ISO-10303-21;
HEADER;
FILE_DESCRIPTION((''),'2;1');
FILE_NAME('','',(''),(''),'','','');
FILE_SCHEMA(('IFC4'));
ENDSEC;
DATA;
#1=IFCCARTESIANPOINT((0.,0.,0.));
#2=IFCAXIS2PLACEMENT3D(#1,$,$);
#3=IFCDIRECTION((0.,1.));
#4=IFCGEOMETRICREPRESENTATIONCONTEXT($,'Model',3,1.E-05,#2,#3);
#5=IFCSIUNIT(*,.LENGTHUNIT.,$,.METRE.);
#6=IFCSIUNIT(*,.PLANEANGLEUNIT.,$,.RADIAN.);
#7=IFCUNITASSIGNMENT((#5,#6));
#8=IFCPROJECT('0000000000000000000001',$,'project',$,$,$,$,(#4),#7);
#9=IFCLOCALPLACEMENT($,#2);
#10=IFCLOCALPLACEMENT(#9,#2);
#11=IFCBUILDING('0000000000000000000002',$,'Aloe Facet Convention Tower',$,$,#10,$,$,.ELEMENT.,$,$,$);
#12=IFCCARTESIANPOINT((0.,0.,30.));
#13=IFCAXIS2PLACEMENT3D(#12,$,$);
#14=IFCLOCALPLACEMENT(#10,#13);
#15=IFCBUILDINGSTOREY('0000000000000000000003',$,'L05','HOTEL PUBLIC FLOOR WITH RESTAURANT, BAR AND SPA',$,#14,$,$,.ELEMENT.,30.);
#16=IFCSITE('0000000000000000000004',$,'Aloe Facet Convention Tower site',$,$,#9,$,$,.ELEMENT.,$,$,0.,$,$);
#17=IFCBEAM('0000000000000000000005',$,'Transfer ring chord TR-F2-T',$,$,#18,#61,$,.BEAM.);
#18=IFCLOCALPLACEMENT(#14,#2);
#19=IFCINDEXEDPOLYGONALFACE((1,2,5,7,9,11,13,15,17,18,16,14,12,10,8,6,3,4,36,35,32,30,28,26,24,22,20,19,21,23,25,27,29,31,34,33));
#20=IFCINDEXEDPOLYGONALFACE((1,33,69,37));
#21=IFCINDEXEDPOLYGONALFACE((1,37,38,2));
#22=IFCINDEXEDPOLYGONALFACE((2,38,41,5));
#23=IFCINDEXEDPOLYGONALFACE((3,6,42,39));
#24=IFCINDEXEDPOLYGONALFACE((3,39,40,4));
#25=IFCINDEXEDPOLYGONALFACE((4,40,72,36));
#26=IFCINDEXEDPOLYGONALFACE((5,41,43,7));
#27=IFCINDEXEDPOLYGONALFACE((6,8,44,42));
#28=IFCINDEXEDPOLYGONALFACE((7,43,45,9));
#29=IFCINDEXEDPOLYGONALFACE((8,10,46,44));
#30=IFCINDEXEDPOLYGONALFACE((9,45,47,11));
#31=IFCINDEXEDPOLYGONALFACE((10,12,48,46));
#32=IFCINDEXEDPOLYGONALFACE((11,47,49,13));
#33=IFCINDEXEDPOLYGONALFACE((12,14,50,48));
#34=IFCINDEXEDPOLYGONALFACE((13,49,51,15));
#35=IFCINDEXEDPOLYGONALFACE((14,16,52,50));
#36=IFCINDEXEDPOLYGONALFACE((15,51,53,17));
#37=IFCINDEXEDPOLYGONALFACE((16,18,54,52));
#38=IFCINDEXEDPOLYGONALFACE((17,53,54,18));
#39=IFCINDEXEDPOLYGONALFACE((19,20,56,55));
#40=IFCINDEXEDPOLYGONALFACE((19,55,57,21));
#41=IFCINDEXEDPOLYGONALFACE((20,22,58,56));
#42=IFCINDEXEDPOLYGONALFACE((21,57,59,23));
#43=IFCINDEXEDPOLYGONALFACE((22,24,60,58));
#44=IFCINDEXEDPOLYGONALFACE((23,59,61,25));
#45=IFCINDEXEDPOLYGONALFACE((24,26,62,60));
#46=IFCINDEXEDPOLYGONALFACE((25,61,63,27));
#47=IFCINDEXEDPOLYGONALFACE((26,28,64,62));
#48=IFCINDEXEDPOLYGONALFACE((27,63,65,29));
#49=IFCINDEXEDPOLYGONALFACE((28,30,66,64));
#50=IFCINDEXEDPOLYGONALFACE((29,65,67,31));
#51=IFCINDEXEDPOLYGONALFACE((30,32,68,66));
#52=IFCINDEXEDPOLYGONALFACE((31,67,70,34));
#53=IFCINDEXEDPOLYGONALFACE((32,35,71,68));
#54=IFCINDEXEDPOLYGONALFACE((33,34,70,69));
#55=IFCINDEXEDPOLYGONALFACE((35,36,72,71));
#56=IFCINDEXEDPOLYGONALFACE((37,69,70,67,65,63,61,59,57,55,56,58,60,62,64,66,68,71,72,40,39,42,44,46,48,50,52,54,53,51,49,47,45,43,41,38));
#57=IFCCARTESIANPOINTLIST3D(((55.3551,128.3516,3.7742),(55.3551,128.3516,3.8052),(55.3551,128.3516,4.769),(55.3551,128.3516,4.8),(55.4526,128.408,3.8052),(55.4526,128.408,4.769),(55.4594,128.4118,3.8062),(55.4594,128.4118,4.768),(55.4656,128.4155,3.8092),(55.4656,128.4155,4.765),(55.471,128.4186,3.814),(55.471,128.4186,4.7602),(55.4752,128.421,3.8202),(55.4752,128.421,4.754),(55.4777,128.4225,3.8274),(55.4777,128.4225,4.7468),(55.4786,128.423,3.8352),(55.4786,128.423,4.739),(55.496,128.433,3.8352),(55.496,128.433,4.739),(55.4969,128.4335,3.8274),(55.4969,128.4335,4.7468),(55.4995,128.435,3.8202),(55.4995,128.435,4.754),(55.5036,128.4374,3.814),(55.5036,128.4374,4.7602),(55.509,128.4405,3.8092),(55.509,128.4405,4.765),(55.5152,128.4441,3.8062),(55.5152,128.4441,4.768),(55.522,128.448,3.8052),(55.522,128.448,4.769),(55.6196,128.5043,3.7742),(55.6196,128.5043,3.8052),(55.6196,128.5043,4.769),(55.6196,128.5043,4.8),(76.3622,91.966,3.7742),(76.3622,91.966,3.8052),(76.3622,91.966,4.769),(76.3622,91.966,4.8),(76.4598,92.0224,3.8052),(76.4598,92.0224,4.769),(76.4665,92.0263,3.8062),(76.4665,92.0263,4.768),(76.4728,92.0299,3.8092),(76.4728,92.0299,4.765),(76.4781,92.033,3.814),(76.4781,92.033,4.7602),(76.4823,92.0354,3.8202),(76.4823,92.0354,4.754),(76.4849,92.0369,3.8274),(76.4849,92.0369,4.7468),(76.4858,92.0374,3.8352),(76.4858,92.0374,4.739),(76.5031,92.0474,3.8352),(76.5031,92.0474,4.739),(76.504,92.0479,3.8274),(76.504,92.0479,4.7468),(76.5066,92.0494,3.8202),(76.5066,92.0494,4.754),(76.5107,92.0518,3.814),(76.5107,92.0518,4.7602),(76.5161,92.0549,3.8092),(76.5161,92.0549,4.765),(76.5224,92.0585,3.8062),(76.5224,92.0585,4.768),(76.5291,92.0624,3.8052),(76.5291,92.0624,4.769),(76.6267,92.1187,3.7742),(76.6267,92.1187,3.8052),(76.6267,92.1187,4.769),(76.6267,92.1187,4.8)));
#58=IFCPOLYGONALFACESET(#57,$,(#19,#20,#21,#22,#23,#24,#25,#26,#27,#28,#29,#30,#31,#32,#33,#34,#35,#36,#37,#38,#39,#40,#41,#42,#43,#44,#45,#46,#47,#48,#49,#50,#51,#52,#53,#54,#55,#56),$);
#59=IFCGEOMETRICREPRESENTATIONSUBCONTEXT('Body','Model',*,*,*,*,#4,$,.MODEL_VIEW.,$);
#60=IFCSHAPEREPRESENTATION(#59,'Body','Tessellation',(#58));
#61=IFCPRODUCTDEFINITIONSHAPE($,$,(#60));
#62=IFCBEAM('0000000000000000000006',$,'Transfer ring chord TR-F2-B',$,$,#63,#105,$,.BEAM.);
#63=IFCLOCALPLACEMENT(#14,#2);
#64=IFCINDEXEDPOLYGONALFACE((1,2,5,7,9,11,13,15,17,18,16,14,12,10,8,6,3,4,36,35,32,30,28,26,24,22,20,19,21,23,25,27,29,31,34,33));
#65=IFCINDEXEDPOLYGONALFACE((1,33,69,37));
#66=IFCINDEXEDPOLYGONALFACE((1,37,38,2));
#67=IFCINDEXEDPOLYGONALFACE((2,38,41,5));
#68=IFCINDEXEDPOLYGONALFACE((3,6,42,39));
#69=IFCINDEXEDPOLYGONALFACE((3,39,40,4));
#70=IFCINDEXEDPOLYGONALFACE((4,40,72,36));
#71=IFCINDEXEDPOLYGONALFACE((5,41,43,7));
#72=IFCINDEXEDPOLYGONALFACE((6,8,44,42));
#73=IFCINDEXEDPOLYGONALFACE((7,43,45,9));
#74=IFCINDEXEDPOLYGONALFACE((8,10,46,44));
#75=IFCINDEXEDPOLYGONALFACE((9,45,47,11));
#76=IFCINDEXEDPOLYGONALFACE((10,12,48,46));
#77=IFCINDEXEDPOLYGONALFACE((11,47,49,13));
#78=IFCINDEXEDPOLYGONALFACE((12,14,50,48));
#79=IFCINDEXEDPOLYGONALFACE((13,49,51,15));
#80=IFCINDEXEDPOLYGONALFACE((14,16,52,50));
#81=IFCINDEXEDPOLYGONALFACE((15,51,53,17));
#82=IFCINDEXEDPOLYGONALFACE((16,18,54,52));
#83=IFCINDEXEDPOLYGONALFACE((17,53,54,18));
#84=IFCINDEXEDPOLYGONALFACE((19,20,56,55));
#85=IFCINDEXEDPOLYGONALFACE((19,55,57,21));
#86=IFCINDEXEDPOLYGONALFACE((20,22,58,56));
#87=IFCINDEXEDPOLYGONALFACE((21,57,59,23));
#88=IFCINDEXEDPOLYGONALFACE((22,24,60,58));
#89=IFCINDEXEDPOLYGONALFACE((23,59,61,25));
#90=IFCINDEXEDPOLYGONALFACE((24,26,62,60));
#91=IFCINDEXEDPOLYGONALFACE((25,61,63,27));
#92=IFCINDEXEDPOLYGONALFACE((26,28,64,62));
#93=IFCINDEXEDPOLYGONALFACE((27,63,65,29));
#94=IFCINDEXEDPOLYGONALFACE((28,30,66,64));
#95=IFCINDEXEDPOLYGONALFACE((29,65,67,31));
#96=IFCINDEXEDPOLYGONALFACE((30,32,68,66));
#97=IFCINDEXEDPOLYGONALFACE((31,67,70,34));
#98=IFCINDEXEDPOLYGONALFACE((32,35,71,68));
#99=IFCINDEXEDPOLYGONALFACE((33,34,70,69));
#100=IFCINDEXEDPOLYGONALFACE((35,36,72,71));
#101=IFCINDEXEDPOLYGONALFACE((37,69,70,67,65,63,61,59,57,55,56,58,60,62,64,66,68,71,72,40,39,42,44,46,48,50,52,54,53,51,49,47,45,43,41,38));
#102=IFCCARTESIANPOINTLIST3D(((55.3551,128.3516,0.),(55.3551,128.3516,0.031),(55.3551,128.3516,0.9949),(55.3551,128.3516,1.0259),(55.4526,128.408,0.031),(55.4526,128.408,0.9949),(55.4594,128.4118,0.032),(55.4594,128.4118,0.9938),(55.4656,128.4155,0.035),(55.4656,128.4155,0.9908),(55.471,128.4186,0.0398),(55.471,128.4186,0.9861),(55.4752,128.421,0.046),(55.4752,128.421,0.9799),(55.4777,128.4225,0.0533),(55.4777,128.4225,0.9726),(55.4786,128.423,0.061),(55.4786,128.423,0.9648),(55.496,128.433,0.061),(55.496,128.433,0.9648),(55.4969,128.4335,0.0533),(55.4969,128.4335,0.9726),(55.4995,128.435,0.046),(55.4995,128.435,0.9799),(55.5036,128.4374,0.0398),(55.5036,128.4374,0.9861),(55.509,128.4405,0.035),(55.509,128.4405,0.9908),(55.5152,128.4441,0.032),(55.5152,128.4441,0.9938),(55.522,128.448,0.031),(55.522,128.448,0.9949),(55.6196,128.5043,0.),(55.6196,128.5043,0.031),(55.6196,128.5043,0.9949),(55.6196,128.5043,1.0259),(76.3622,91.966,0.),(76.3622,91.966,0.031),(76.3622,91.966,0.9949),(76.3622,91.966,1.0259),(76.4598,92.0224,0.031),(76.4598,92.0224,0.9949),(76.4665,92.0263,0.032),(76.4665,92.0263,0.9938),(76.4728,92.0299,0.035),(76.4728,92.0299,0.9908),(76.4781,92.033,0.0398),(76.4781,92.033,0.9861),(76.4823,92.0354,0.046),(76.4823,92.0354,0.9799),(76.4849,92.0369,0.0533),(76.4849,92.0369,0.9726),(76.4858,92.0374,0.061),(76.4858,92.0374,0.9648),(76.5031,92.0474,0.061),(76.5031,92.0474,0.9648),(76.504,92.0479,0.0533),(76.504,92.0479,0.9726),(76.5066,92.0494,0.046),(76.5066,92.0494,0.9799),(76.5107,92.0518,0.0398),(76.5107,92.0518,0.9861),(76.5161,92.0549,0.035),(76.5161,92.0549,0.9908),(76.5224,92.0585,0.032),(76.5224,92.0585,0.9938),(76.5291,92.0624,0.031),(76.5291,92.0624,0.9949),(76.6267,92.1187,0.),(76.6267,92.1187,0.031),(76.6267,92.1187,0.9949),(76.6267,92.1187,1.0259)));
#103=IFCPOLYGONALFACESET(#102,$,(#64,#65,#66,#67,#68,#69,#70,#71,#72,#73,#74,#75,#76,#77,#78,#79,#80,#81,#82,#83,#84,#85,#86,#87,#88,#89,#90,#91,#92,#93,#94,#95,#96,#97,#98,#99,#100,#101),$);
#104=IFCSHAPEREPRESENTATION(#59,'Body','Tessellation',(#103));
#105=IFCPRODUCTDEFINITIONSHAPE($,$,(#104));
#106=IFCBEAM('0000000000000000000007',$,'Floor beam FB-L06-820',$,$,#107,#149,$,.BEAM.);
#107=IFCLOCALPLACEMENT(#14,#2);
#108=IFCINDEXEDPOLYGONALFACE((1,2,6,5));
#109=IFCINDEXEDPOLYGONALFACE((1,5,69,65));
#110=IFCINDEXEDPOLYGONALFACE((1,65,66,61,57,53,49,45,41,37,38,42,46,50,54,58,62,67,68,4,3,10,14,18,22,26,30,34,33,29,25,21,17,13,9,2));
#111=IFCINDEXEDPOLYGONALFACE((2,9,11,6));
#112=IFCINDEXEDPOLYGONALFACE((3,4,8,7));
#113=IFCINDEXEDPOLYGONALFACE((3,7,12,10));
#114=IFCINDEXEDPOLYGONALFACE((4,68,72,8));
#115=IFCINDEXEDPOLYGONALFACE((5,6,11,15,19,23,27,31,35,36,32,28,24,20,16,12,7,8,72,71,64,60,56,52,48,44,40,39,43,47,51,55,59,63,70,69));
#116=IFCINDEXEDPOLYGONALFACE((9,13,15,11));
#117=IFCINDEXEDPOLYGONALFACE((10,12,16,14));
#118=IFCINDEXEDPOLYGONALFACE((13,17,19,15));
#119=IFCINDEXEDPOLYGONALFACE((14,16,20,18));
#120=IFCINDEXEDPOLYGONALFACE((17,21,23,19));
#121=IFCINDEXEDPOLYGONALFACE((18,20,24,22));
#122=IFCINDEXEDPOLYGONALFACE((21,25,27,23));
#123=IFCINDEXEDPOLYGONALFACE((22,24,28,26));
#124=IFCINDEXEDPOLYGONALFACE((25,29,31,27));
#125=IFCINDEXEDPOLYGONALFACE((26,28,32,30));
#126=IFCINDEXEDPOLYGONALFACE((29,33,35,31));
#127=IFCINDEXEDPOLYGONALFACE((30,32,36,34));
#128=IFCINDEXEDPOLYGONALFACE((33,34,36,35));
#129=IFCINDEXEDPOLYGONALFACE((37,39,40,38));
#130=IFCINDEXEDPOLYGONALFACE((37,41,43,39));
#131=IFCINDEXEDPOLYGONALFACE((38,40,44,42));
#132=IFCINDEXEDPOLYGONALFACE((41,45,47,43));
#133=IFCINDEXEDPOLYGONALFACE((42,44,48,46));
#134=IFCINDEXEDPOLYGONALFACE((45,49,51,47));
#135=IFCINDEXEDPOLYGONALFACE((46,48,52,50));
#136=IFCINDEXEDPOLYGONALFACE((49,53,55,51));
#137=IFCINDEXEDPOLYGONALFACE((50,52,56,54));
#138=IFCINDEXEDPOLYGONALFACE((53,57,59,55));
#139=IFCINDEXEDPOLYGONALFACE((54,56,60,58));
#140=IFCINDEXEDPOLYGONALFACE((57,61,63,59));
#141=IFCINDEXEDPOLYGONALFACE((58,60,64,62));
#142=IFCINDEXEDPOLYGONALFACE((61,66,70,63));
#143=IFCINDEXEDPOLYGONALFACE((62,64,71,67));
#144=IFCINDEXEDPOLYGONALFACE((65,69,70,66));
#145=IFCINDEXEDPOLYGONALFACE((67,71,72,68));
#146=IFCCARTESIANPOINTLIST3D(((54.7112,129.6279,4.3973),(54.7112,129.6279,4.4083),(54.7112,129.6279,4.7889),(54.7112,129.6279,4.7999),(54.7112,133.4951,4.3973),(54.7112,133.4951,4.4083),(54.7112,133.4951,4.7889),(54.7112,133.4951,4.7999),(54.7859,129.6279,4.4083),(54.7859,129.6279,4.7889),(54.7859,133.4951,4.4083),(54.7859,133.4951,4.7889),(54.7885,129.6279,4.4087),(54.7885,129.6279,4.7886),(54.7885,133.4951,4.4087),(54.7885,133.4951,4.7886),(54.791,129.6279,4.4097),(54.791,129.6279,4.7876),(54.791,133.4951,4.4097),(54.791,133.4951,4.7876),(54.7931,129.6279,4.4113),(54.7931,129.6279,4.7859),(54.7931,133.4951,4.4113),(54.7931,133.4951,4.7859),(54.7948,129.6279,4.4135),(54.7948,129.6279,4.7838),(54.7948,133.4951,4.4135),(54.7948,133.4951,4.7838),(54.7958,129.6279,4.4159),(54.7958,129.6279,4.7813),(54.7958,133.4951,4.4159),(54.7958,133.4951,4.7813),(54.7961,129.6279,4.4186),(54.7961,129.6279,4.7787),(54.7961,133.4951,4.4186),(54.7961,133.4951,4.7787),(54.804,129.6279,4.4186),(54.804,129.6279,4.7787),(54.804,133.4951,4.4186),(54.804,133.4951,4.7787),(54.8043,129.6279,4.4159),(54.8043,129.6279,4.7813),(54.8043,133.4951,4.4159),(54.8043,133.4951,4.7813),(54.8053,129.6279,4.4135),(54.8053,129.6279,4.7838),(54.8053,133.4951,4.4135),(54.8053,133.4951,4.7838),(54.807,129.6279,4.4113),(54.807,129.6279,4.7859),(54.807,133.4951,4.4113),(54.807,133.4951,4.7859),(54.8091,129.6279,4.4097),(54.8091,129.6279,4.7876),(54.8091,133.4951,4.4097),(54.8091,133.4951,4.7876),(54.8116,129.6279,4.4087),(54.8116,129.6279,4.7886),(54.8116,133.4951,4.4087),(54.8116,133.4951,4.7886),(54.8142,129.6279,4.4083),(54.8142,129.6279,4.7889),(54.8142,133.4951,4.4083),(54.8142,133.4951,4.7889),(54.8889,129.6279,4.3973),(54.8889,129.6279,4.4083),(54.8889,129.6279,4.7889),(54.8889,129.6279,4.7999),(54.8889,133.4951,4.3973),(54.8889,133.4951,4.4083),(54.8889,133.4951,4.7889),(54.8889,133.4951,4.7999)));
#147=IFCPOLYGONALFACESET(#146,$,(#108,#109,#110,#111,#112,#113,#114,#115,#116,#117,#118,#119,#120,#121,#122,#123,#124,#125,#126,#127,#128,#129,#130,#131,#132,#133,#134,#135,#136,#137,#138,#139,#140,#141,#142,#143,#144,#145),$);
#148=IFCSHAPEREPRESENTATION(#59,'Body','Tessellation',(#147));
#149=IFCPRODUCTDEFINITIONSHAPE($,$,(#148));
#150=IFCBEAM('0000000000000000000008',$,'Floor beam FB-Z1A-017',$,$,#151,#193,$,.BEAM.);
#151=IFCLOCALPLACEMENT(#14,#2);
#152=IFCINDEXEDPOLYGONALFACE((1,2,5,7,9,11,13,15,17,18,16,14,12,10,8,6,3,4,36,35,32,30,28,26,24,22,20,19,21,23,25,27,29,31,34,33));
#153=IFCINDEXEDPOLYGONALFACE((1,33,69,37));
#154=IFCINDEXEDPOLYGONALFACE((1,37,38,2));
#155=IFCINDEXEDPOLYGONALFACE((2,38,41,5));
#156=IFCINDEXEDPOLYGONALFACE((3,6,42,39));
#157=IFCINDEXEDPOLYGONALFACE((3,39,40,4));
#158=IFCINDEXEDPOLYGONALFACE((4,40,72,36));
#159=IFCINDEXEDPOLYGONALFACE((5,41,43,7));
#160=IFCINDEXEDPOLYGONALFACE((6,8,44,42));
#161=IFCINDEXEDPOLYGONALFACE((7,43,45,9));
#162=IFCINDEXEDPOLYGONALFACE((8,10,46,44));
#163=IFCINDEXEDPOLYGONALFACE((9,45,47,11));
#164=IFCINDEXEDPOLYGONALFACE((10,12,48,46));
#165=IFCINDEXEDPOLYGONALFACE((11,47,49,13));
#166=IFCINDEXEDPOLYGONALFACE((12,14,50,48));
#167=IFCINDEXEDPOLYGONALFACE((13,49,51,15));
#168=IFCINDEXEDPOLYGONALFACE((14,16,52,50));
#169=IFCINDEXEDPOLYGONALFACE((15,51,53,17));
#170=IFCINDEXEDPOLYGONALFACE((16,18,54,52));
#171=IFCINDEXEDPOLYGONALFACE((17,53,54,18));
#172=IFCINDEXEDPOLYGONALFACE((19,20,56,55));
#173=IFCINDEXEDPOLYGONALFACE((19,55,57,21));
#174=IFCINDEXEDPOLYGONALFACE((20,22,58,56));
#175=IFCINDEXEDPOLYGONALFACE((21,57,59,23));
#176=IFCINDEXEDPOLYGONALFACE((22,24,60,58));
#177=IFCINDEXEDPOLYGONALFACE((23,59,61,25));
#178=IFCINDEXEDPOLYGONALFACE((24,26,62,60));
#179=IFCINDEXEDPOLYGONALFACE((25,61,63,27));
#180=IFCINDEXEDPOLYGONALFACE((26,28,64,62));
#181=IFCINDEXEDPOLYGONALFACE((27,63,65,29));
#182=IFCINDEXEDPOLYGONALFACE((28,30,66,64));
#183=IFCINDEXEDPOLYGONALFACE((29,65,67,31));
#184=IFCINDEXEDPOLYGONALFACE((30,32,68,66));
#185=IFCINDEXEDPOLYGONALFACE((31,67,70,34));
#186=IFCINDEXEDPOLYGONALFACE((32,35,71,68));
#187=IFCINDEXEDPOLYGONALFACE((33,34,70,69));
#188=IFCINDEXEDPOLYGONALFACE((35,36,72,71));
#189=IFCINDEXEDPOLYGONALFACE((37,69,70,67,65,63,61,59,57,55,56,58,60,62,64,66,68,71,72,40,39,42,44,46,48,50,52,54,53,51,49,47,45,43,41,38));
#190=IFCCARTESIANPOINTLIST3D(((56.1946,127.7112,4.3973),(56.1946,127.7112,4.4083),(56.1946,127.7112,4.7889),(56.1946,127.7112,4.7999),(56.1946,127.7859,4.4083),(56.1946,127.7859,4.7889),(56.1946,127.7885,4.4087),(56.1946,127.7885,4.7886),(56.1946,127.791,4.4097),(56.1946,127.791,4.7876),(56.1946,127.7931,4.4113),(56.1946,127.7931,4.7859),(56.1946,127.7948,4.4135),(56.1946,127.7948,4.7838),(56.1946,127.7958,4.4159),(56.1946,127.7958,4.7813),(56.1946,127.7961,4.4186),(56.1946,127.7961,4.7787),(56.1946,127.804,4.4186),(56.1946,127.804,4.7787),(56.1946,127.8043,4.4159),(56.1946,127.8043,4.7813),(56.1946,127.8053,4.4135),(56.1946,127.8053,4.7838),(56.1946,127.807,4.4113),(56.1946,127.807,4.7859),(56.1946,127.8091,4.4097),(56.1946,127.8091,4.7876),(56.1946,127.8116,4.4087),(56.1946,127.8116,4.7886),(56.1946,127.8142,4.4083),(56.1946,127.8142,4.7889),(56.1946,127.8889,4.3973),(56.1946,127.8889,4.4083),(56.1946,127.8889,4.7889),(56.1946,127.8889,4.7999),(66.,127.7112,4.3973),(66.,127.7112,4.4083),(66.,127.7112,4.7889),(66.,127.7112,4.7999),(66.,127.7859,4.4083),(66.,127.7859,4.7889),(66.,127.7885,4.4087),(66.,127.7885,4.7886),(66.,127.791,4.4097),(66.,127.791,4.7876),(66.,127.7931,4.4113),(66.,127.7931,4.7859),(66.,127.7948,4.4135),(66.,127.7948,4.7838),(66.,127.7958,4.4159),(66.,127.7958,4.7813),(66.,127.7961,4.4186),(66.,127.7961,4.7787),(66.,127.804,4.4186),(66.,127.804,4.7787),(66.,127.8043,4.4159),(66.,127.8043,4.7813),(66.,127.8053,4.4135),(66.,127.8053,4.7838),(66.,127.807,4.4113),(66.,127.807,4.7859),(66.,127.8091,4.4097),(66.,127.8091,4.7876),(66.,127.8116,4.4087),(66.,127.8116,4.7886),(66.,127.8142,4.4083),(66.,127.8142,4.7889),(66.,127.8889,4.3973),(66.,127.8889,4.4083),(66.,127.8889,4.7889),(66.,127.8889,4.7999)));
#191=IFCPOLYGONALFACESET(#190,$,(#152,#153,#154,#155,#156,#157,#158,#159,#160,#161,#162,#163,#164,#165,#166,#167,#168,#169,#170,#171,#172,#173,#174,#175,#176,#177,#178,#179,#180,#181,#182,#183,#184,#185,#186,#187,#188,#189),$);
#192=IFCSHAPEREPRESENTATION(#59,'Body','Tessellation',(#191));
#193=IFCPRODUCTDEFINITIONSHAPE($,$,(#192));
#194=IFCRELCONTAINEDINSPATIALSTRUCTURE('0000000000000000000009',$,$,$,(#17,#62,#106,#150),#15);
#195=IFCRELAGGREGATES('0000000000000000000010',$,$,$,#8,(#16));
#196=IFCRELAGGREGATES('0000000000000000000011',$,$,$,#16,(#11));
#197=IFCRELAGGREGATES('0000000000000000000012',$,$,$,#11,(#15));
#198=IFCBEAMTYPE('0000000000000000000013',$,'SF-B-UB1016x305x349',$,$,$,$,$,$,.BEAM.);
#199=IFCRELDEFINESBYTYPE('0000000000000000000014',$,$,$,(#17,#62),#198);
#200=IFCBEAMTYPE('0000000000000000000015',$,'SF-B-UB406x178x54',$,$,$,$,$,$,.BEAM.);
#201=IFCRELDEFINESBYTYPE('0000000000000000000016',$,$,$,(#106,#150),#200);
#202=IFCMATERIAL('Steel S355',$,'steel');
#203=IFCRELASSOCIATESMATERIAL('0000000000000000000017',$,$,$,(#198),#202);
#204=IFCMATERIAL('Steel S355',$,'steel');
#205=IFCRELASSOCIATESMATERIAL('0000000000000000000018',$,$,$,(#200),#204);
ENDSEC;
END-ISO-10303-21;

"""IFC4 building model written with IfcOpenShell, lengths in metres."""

from ifc_helpers import new_model, si_unit, direction, frame, origin, origin_2d, place, context, subcontext, project, spatial, i_section, extrude, material, material_profile, profile_set, type_object, element, save


model = new_model("IFC4")

# Units and contexts
model_context = context("Model", 3, precision=1e-05, world=origin(), true_north=direction((0.0, 1.0)))
body_context = subcontext(model_context, "Body", "Model", "MODEL_VIEW")
ifc_project = project(units=[si_unit("LENGTHUNIT", "METRE"), si_unit("PLANEANGLEUNIT", "RADIAN")], contexts=[model_context])

# Site, building, storey
site_placement = place(None, origin())
site = spatial("IfcSite", under=ifc_project, at=site_placement, Name="Aloe Facet Convention Tower site", CompositionType="ELEMENT", RefElevation=0.0)
building_placement = place(site_placement, origin())
building = spatial("IfcBuilding", under=site, at=building_placement, Name="Aloe Facet Convention Tower", CompositionType="ELEMENT")
storey_placement = place(building_placement, frame((0.0, 0.0, 30.0)))
storey = spatial("IfcBuildingStorey", under=building, at=storey_placement, Name="L05", Description="HOTEL PUBLIC FLOOR WITH RESTAURANT, BAR AND SPA", CompositionType="ELEMENT", Elevation=30.0)

# Beams
ifc_material_1 = material(Name="Steel S355", Category="steel")
ifc_material_profile_1 = material_profile(ifc_material_1, i_section(OverallWidth=0.3054, OverallDepth=1.0259, WebThickness=0.02, FlangeThickness=0.031, FilletRadius=0.03, at=origin_2d()), Name="UB 1016x305x349")
ifc_profile_set_1 = profile_set([ifc_material_profile_1], Name="Steel S355")
beam_type_1 = type_object("IfcBeamType", Name="SF-B-UB1016x305x349", PredefinedType="BEAM", material=ifc_profile_set_1)
for number, where, z_axis, x_axis, name in (
    (1, (55.4873, 128.428, 4.2871), (0.499998, -0.866026, 0.0), (0.866026, 0.499998, 0.0), "Transfer ring chord TR-F2-T"),
    (2, (55.4873, 128.428, 0.5129), (0.499998, -0.866026, 0.0), (0.866026, 0.499998, 0.0), "Transfer ring chord TR-F2-B"),
):
    element("IfcBeam", number, at=place(storey_placement, frame(where, z_axis=z_axis, x_axis=x_axis)), inside=storey, type_object=beam_type_1, Name=name, PredefinedType="BEAM", context=body_context, shape_type="SweptSolid", body=[
        extrude(i_section(OverallWidth=0.3054, OverallDepth=1.0259, WebThickness=0.02, FlangeThickness=0.031, FilletRadius=0.03, at=origin_2d()), origin(), (0.0, 0.0, 1.0), 42.0144),
    ])
ifc_material_2 = material(Name="Steel S355", Category="steel")
ifc_material_profile_2 = material_profile(ifc_material_2, i_section(OverallWidth=0.1777, OverallDepth=0.4026, WebThickness=0.0078, FlangeThickness=0.011, FilletRadius=0.0103, at=origin_2d()), Name="UB 406x178x54")
ifc_profile_set_2 = profile_set([ifc_material_profile_2], Name="Steel S355")
beam_type_2 = type_object("IfcBeamType", Name="SF-B-UB406x178x54", PredefinedType="BEAM", material=ifc_profile_set_2)
beam_1_placement = place(storey_placement, frame((54.8, 129.6279, 4.5986), z_axis=(0.0, 1.0, 0.0), x_axis=(-1.0, 0.0, 0.0)))
element("IfcBeam", 3, at=beam_1_placement, inside=storey, type_object=beam_type_2, Name="Floor beam FB-L06-820", PredefinedType="BEAM", context=body_context, shape_type="SweptSolid", body=[
    extrude(i_section(OverallWidth=0.1777, OverallDepth=0.4026, WebThickness=0.0078, FlangeThickness=0.011, FilletRadius=0.0103, at=origin_2d()), origin(), (0.0, 0.0, 1.0), 3.8672),
])
beam_2_placement = place(storey_placement, frame((56.1946, 127.8, 4.5986), z_axis=(1.0, 0.0, 0.0), x_axis=(0.0, 1.0, 0.0)))
element("IfcBeam", 4, at=beam_2_placement, inside=storey, type_object=beam_type_2, Name="Floor beam FB-Z1A-017", PredefinedType="BEAM", context=body_context, shape_type="SweptSolid", body=[
    extrude(i_section(OverallWidth=0.1777, OverallDepth=0.4026, WebThickness=0.0078, FlangeThickness=0.011, FilletRadius=0.0103, at=origin_2d()), origin(), (0.0, 0.0, 1.0), 9.8054),
])

save(model, "model.ifc")
